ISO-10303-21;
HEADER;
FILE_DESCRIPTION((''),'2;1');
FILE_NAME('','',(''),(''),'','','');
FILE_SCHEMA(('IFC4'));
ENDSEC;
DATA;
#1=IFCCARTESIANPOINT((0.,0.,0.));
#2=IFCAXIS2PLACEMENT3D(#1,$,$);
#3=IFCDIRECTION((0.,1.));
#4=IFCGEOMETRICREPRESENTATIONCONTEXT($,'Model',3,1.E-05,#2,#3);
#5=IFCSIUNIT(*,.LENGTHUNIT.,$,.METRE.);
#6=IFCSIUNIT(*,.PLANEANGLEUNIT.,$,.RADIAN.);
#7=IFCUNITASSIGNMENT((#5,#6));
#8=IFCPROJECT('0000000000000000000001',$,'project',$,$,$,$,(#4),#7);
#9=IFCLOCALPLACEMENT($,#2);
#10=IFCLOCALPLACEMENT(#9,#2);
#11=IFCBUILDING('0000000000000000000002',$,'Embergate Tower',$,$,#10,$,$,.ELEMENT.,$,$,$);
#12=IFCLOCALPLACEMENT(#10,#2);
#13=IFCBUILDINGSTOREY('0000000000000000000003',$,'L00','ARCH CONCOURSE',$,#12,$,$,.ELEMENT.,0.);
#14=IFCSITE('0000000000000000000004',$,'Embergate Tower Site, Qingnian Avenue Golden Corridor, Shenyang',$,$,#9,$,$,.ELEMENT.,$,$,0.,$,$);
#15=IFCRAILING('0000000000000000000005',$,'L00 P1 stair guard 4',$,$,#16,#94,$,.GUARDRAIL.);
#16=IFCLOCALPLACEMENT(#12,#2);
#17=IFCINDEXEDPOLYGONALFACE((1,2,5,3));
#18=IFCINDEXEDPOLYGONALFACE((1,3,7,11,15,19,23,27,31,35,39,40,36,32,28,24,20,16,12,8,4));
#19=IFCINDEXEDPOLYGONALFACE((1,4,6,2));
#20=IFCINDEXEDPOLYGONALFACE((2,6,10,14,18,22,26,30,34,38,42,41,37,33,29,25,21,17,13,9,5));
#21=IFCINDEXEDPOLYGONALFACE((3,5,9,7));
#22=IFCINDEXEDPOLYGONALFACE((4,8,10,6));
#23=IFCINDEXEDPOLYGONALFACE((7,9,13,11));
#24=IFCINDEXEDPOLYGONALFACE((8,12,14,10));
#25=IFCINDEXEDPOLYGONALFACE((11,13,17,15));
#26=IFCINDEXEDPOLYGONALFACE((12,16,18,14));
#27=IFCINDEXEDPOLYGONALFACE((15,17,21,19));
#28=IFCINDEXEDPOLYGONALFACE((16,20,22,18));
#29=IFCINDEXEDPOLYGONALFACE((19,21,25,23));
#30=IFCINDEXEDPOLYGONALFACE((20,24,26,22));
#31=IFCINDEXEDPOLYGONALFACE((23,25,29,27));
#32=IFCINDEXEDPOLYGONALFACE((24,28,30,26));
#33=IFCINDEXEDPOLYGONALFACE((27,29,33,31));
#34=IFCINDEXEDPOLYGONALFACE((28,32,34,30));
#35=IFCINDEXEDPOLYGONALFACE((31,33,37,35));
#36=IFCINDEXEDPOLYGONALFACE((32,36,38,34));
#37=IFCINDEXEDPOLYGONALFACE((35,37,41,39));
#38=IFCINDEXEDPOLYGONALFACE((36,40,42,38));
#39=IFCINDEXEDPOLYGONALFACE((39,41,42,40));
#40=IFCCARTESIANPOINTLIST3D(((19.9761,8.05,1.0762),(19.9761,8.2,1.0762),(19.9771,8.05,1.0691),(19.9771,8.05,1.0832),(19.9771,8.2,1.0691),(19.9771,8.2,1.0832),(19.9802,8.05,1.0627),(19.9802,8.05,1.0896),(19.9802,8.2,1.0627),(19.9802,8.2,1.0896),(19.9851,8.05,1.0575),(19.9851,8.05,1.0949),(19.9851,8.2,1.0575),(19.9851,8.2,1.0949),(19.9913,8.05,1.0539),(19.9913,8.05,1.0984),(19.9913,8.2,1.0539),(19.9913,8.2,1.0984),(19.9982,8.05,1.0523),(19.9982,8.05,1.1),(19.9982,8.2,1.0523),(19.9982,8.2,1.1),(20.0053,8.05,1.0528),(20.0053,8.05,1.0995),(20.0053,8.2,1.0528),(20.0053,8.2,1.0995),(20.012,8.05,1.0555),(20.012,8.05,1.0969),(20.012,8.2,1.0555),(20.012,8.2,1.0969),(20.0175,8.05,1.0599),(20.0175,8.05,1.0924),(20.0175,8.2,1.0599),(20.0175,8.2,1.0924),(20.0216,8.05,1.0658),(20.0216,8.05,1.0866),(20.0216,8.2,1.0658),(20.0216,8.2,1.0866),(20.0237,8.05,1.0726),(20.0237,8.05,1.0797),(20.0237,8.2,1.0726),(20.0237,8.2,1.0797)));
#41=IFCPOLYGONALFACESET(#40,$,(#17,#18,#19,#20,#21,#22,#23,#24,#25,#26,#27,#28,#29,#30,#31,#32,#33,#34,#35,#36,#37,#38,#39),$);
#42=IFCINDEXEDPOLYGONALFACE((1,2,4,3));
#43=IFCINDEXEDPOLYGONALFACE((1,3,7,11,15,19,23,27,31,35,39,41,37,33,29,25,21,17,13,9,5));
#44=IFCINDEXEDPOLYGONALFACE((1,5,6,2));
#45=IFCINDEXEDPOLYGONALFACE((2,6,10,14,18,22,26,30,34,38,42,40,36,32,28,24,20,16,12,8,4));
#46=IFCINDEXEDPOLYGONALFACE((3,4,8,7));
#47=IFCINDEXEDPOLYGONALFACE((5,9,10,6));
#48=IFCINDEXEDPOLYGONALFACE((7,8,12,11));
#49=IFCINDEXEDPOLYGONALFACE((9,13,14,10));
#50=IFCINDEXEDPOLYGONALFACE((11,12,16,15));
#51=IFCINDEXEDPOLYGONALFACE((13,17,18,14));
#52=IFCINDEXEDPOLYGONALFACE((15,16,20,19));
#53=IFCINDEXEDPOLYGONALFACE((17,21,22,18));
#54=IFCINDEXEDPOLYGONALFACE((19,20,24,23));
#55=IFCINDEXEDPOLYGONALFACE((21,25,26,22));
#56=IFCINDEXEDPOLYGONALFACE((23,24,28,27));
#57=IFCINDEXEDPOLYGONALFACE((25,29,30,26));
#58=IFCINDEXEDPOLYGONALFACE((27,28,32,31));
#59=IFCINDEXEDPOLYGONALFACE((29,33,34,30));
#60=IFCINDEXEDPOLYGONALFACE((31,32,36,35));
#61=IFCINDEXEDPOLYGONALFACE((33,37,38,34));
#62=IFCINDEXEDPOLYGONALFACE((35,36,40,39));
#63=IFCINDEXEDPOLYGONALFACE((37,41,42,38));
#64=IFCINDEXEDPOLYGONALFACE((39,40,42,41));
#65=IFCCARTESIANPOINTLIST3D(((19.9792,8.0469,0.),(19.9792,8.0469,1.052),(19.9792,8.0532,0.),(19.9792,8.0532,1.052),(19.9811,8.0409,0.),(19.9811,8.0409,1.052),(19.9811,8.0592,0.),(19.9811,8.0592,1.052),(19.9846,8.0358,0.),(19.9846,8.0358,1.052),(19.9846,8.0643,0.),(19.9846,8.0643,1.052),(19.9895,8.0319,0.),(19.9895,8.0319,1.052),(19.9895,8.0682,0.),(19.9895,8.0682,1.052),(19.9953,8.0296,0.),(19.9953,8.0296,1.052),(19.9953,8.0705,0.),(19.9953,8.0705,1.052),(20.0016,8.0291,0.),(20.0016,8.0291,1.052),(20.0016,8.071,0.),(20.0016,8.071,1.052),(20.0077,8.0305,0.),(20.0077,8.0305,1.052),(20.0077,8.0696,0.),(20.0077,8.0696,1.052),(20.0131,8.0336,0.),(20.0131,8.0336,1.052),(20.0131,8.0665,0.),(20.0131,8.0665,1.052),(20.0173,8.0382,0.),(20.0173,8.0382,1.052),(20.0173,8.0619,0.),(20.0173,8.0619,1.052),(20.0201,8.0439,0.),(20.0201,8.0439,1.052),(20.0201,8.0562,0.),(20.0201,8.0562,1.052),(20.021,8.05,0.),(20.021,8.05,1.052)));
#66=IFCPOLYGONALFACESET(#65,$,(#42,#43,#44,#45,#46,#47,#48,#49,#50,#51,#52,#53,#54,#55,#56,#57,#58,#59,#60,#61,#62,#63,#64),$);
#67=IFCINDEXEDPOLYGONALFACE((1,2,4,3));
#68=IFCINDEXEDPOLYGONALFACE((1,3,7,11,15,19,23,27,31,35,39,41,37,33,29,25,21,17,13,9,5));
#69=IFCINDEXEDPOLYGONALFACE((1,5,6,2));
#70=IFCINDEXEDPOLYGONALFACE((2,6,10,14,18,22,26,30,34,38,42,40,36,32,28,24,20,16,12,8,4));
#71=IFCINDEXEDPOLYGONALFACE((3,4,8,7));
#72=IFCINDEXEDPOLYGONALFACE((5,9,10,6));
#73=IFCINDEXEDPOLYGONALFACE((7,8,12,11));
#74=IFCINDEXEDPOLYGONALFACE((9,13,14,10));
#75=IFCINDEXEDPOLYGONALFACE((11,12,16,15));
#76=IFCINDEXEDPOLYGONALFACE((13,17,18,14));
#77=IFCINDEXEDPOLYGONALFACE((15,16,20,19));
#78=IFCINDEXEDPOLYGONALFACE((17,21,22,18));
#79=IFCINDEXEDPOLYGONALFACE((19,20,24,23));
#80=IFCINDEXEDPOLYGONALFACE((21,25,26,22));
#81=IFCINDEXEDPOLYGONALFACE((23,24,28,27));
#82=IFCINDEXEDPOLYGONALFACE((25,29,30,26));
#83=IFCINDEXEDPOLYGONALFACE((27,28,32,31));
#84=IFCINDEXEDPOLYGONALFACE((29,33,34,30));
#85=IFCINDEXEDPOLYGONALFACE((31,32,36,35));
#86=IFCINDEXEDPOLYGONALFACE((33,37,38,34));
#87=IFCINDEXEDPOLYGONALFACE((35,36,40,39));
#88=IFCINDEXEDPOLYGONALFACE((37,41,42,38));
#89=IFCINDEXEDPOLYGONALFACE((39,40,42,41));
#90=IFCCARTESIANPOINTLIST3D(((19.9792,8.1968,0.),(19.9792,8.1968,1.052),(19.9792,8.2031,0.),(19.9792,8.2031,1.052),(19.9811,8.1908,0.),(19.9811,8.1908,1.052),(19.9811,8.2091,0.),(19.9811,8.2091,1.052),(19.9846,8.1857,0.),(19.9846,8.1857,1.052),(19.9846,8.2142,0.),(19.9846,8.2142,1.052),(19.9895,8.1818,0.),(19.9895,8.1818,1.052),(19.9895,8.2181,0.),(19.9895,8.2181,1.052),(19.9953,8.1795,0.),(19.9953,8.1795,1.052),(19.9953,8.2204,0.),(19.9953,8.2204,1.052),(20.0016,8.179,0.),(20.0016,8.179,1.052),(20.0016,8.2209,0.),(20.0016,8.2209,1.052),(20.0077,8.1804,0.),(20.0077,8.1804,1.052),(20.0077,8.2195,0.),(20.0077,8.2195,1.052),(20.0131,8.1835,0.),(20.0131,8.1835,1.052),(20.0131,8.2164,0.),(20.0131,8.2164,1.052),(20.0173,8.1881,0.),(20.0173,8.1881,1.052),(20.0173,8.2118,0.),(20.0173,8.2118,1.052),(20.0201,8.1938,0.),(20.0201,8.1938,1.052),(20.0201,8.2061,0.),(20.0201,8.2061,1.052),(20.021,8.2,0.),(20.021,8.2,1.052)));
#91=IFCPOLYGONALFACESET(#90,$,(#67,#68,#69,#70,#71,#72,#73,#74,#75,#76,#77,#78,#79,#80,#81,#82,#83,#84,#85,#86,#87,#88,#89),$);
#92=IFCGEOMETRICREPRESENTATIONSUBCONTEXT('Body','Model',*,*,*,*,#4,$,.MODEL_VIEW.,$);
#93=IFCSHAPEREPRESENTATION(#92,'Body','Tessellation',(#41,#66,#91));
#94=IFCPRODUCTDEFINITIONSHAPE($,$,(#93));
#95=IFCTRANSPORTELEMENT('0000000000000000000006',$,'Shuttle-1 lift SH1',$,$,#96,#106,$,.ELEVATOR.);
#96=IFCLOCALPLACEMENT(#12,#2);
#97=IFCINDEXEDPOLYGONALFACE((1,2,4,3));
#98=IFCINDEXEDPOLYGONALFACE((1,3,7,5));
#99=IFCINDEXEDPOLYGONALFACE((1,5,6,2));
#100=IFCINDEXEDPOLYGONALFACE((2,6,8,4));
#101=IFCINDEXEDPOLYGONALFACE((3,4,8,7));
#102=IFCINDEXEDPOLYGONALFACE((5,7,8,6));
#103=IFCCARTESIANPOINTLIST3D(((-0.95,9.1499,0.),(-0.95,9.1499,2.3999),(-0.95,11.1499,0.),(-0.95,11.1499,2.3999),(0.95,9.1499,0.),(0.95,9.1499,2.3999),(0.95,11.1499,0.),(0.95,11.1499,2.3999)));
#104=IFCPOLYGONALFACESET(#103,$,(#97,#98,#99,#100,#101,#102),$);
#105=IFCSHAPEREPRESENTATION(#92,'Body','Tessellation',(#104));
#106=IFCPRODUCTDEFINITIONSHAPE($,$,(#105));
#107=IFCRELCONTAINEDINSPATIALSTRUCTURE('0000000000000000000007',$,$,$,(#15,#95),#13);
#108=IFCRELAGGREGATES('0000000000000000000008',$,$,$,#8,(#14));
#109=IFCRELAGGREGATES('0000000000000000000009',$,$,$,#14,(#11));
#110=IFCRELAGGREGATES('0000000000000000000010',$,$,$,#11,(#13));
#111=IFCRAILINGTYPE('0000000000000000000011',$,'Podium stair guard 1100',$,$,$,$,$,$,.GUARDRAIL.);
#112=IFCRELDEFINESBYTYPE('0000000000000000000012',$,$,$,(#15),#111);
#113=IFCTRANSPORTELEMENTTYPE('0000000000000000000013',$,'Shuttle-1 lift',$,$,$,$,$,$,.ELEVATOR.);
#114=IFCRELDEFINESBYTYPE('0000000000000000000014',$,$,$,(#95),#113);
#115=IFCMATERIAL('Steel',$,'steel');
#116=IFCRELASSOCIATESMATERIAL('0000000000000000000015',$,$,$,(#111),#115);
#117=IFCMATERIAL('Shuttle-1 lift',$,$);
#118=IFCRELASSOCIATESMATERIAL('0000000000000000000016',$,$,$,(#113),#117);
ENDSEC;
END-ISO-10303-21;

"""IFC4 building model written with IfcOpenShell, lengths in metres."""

from ifc_helpers import new_model, si_unit, direction, frame, origin, origin_2d, place, context, subcontext, project, spatial, rectangle, circle, extrude, source, transform, mapped, material, type_object, element, save


model = new_model("IFC4")

# Units and contexts
model_context = context("Model", 3, precision=1e-05, world=origin(), true_north=direction((0.0, 1.0)))
body_context = subcontext(model_context, "Body", "Model", "MODEL_VIEW")
ifc_project = project(units=[si_unit("LENGTHUNIT", "METRE"), si_unit("PLANEANGLEUNIT", "RADIAN")], contexts=[model_context])

# Site, building, storey
site_placement = place(None, origin())
site = spatial("IfcSite", under=ifc_project, at=site_placement, Name="Embergate Tower Site, Qingnian Avenue Golden Corridor, Shenyang", CompositionType="ELEMENT", RefElevation=0.0)
building_placement = place(site_placement, origin())
building = spatial("IfcBuilding", under=site, at=building_placement, Name="Embergate Tower", CompositionType="ELEMENT")
storey_placement = place(building_placement, origin())
storey = spatial("IfcBuildingStorey", under=building, at=storey_placement, Name="L00", Description="ARCH CONCOURSE", CompositionType="ELEMENT", Elevation=0.0)

# Railing
ifc_material_1 = material(Name="Steel", Category="steel")
railing_type = type_object("IfcRailingType", Name="Podium stair guard 1100", PredefinedType="GUARDRAIL", material=ifc_material_1)
shared_shape_1 = source(origin(), body_context, "Body", "SweptSolid", [
    extrude(circle(Radius=0.0239, at=origin_2d()), frame((0.0, 0.0, 1.0762), z_axis=(0.0, 1.0, 0.0), x_axis=(-1.0, 0.0, 0.0)), (0.0, 0.0, 1.0), 0.1499),
    extrude(circle(Radius=0.021, at=origin_2d()), origin(), (0.0, 0.0, 1.0), 1.052),
    extrude(circle(Radius=0.021, at=origin_2d()), frame((0.0, 0.1499, 0.0)), (0.0, 0.0, 1.0), 1.052),
])
railing_placement = place(storey_placement, frame((20.0, 8.05, 0.0)))
element("IfcRailing", 1, at=railing_placement, inside=storey, type_object=railing_type, Name="L00 P1 stair guard 4", PredefinedType="GUARDRAIL", context=body_context, shape_type="MappedRepresentation", body=[
    mapped(shared_shape_1, transform((0.0, 0.0, 0.0))),
])

# Transport element
ifc_material_2 = material(Name="Shuttle-1 lift")
transport_element_type = type_object("IfcTransportElementType", Name="Shuttle-1 lift", PredefinedType="ELEVATOR", material=ifc_material_2)
shared_shape_2 = source(origin(), body_context, "Body", "SweptSolid", [
    extrude(rectangle(XDim=1.8999, YDim=2.0, at=origin_2d()), origin(), (0.0, 0.0, 1.0), 2.3999),
])
transport_element_placement = place(storey_placement, frame((0.0, 10.1499, 0.0), z_axis=(0.0, 0.0, 1.0), x_axis=(1.0, 0.0, 0.0)))
element("IfcTransportElement", 2, at=transport_element_placement, inside=storey, type_object=transport_element_type, Name="Shuttle-1 lift SH1", PredefinedType="ELEVATOR", context=body_context, shape_type="MappedRepresentation", body=[
    mapped(shared_shape_2, transform((0.0, 0.0, 0.0))),
])

save(model, "model.ifc")
